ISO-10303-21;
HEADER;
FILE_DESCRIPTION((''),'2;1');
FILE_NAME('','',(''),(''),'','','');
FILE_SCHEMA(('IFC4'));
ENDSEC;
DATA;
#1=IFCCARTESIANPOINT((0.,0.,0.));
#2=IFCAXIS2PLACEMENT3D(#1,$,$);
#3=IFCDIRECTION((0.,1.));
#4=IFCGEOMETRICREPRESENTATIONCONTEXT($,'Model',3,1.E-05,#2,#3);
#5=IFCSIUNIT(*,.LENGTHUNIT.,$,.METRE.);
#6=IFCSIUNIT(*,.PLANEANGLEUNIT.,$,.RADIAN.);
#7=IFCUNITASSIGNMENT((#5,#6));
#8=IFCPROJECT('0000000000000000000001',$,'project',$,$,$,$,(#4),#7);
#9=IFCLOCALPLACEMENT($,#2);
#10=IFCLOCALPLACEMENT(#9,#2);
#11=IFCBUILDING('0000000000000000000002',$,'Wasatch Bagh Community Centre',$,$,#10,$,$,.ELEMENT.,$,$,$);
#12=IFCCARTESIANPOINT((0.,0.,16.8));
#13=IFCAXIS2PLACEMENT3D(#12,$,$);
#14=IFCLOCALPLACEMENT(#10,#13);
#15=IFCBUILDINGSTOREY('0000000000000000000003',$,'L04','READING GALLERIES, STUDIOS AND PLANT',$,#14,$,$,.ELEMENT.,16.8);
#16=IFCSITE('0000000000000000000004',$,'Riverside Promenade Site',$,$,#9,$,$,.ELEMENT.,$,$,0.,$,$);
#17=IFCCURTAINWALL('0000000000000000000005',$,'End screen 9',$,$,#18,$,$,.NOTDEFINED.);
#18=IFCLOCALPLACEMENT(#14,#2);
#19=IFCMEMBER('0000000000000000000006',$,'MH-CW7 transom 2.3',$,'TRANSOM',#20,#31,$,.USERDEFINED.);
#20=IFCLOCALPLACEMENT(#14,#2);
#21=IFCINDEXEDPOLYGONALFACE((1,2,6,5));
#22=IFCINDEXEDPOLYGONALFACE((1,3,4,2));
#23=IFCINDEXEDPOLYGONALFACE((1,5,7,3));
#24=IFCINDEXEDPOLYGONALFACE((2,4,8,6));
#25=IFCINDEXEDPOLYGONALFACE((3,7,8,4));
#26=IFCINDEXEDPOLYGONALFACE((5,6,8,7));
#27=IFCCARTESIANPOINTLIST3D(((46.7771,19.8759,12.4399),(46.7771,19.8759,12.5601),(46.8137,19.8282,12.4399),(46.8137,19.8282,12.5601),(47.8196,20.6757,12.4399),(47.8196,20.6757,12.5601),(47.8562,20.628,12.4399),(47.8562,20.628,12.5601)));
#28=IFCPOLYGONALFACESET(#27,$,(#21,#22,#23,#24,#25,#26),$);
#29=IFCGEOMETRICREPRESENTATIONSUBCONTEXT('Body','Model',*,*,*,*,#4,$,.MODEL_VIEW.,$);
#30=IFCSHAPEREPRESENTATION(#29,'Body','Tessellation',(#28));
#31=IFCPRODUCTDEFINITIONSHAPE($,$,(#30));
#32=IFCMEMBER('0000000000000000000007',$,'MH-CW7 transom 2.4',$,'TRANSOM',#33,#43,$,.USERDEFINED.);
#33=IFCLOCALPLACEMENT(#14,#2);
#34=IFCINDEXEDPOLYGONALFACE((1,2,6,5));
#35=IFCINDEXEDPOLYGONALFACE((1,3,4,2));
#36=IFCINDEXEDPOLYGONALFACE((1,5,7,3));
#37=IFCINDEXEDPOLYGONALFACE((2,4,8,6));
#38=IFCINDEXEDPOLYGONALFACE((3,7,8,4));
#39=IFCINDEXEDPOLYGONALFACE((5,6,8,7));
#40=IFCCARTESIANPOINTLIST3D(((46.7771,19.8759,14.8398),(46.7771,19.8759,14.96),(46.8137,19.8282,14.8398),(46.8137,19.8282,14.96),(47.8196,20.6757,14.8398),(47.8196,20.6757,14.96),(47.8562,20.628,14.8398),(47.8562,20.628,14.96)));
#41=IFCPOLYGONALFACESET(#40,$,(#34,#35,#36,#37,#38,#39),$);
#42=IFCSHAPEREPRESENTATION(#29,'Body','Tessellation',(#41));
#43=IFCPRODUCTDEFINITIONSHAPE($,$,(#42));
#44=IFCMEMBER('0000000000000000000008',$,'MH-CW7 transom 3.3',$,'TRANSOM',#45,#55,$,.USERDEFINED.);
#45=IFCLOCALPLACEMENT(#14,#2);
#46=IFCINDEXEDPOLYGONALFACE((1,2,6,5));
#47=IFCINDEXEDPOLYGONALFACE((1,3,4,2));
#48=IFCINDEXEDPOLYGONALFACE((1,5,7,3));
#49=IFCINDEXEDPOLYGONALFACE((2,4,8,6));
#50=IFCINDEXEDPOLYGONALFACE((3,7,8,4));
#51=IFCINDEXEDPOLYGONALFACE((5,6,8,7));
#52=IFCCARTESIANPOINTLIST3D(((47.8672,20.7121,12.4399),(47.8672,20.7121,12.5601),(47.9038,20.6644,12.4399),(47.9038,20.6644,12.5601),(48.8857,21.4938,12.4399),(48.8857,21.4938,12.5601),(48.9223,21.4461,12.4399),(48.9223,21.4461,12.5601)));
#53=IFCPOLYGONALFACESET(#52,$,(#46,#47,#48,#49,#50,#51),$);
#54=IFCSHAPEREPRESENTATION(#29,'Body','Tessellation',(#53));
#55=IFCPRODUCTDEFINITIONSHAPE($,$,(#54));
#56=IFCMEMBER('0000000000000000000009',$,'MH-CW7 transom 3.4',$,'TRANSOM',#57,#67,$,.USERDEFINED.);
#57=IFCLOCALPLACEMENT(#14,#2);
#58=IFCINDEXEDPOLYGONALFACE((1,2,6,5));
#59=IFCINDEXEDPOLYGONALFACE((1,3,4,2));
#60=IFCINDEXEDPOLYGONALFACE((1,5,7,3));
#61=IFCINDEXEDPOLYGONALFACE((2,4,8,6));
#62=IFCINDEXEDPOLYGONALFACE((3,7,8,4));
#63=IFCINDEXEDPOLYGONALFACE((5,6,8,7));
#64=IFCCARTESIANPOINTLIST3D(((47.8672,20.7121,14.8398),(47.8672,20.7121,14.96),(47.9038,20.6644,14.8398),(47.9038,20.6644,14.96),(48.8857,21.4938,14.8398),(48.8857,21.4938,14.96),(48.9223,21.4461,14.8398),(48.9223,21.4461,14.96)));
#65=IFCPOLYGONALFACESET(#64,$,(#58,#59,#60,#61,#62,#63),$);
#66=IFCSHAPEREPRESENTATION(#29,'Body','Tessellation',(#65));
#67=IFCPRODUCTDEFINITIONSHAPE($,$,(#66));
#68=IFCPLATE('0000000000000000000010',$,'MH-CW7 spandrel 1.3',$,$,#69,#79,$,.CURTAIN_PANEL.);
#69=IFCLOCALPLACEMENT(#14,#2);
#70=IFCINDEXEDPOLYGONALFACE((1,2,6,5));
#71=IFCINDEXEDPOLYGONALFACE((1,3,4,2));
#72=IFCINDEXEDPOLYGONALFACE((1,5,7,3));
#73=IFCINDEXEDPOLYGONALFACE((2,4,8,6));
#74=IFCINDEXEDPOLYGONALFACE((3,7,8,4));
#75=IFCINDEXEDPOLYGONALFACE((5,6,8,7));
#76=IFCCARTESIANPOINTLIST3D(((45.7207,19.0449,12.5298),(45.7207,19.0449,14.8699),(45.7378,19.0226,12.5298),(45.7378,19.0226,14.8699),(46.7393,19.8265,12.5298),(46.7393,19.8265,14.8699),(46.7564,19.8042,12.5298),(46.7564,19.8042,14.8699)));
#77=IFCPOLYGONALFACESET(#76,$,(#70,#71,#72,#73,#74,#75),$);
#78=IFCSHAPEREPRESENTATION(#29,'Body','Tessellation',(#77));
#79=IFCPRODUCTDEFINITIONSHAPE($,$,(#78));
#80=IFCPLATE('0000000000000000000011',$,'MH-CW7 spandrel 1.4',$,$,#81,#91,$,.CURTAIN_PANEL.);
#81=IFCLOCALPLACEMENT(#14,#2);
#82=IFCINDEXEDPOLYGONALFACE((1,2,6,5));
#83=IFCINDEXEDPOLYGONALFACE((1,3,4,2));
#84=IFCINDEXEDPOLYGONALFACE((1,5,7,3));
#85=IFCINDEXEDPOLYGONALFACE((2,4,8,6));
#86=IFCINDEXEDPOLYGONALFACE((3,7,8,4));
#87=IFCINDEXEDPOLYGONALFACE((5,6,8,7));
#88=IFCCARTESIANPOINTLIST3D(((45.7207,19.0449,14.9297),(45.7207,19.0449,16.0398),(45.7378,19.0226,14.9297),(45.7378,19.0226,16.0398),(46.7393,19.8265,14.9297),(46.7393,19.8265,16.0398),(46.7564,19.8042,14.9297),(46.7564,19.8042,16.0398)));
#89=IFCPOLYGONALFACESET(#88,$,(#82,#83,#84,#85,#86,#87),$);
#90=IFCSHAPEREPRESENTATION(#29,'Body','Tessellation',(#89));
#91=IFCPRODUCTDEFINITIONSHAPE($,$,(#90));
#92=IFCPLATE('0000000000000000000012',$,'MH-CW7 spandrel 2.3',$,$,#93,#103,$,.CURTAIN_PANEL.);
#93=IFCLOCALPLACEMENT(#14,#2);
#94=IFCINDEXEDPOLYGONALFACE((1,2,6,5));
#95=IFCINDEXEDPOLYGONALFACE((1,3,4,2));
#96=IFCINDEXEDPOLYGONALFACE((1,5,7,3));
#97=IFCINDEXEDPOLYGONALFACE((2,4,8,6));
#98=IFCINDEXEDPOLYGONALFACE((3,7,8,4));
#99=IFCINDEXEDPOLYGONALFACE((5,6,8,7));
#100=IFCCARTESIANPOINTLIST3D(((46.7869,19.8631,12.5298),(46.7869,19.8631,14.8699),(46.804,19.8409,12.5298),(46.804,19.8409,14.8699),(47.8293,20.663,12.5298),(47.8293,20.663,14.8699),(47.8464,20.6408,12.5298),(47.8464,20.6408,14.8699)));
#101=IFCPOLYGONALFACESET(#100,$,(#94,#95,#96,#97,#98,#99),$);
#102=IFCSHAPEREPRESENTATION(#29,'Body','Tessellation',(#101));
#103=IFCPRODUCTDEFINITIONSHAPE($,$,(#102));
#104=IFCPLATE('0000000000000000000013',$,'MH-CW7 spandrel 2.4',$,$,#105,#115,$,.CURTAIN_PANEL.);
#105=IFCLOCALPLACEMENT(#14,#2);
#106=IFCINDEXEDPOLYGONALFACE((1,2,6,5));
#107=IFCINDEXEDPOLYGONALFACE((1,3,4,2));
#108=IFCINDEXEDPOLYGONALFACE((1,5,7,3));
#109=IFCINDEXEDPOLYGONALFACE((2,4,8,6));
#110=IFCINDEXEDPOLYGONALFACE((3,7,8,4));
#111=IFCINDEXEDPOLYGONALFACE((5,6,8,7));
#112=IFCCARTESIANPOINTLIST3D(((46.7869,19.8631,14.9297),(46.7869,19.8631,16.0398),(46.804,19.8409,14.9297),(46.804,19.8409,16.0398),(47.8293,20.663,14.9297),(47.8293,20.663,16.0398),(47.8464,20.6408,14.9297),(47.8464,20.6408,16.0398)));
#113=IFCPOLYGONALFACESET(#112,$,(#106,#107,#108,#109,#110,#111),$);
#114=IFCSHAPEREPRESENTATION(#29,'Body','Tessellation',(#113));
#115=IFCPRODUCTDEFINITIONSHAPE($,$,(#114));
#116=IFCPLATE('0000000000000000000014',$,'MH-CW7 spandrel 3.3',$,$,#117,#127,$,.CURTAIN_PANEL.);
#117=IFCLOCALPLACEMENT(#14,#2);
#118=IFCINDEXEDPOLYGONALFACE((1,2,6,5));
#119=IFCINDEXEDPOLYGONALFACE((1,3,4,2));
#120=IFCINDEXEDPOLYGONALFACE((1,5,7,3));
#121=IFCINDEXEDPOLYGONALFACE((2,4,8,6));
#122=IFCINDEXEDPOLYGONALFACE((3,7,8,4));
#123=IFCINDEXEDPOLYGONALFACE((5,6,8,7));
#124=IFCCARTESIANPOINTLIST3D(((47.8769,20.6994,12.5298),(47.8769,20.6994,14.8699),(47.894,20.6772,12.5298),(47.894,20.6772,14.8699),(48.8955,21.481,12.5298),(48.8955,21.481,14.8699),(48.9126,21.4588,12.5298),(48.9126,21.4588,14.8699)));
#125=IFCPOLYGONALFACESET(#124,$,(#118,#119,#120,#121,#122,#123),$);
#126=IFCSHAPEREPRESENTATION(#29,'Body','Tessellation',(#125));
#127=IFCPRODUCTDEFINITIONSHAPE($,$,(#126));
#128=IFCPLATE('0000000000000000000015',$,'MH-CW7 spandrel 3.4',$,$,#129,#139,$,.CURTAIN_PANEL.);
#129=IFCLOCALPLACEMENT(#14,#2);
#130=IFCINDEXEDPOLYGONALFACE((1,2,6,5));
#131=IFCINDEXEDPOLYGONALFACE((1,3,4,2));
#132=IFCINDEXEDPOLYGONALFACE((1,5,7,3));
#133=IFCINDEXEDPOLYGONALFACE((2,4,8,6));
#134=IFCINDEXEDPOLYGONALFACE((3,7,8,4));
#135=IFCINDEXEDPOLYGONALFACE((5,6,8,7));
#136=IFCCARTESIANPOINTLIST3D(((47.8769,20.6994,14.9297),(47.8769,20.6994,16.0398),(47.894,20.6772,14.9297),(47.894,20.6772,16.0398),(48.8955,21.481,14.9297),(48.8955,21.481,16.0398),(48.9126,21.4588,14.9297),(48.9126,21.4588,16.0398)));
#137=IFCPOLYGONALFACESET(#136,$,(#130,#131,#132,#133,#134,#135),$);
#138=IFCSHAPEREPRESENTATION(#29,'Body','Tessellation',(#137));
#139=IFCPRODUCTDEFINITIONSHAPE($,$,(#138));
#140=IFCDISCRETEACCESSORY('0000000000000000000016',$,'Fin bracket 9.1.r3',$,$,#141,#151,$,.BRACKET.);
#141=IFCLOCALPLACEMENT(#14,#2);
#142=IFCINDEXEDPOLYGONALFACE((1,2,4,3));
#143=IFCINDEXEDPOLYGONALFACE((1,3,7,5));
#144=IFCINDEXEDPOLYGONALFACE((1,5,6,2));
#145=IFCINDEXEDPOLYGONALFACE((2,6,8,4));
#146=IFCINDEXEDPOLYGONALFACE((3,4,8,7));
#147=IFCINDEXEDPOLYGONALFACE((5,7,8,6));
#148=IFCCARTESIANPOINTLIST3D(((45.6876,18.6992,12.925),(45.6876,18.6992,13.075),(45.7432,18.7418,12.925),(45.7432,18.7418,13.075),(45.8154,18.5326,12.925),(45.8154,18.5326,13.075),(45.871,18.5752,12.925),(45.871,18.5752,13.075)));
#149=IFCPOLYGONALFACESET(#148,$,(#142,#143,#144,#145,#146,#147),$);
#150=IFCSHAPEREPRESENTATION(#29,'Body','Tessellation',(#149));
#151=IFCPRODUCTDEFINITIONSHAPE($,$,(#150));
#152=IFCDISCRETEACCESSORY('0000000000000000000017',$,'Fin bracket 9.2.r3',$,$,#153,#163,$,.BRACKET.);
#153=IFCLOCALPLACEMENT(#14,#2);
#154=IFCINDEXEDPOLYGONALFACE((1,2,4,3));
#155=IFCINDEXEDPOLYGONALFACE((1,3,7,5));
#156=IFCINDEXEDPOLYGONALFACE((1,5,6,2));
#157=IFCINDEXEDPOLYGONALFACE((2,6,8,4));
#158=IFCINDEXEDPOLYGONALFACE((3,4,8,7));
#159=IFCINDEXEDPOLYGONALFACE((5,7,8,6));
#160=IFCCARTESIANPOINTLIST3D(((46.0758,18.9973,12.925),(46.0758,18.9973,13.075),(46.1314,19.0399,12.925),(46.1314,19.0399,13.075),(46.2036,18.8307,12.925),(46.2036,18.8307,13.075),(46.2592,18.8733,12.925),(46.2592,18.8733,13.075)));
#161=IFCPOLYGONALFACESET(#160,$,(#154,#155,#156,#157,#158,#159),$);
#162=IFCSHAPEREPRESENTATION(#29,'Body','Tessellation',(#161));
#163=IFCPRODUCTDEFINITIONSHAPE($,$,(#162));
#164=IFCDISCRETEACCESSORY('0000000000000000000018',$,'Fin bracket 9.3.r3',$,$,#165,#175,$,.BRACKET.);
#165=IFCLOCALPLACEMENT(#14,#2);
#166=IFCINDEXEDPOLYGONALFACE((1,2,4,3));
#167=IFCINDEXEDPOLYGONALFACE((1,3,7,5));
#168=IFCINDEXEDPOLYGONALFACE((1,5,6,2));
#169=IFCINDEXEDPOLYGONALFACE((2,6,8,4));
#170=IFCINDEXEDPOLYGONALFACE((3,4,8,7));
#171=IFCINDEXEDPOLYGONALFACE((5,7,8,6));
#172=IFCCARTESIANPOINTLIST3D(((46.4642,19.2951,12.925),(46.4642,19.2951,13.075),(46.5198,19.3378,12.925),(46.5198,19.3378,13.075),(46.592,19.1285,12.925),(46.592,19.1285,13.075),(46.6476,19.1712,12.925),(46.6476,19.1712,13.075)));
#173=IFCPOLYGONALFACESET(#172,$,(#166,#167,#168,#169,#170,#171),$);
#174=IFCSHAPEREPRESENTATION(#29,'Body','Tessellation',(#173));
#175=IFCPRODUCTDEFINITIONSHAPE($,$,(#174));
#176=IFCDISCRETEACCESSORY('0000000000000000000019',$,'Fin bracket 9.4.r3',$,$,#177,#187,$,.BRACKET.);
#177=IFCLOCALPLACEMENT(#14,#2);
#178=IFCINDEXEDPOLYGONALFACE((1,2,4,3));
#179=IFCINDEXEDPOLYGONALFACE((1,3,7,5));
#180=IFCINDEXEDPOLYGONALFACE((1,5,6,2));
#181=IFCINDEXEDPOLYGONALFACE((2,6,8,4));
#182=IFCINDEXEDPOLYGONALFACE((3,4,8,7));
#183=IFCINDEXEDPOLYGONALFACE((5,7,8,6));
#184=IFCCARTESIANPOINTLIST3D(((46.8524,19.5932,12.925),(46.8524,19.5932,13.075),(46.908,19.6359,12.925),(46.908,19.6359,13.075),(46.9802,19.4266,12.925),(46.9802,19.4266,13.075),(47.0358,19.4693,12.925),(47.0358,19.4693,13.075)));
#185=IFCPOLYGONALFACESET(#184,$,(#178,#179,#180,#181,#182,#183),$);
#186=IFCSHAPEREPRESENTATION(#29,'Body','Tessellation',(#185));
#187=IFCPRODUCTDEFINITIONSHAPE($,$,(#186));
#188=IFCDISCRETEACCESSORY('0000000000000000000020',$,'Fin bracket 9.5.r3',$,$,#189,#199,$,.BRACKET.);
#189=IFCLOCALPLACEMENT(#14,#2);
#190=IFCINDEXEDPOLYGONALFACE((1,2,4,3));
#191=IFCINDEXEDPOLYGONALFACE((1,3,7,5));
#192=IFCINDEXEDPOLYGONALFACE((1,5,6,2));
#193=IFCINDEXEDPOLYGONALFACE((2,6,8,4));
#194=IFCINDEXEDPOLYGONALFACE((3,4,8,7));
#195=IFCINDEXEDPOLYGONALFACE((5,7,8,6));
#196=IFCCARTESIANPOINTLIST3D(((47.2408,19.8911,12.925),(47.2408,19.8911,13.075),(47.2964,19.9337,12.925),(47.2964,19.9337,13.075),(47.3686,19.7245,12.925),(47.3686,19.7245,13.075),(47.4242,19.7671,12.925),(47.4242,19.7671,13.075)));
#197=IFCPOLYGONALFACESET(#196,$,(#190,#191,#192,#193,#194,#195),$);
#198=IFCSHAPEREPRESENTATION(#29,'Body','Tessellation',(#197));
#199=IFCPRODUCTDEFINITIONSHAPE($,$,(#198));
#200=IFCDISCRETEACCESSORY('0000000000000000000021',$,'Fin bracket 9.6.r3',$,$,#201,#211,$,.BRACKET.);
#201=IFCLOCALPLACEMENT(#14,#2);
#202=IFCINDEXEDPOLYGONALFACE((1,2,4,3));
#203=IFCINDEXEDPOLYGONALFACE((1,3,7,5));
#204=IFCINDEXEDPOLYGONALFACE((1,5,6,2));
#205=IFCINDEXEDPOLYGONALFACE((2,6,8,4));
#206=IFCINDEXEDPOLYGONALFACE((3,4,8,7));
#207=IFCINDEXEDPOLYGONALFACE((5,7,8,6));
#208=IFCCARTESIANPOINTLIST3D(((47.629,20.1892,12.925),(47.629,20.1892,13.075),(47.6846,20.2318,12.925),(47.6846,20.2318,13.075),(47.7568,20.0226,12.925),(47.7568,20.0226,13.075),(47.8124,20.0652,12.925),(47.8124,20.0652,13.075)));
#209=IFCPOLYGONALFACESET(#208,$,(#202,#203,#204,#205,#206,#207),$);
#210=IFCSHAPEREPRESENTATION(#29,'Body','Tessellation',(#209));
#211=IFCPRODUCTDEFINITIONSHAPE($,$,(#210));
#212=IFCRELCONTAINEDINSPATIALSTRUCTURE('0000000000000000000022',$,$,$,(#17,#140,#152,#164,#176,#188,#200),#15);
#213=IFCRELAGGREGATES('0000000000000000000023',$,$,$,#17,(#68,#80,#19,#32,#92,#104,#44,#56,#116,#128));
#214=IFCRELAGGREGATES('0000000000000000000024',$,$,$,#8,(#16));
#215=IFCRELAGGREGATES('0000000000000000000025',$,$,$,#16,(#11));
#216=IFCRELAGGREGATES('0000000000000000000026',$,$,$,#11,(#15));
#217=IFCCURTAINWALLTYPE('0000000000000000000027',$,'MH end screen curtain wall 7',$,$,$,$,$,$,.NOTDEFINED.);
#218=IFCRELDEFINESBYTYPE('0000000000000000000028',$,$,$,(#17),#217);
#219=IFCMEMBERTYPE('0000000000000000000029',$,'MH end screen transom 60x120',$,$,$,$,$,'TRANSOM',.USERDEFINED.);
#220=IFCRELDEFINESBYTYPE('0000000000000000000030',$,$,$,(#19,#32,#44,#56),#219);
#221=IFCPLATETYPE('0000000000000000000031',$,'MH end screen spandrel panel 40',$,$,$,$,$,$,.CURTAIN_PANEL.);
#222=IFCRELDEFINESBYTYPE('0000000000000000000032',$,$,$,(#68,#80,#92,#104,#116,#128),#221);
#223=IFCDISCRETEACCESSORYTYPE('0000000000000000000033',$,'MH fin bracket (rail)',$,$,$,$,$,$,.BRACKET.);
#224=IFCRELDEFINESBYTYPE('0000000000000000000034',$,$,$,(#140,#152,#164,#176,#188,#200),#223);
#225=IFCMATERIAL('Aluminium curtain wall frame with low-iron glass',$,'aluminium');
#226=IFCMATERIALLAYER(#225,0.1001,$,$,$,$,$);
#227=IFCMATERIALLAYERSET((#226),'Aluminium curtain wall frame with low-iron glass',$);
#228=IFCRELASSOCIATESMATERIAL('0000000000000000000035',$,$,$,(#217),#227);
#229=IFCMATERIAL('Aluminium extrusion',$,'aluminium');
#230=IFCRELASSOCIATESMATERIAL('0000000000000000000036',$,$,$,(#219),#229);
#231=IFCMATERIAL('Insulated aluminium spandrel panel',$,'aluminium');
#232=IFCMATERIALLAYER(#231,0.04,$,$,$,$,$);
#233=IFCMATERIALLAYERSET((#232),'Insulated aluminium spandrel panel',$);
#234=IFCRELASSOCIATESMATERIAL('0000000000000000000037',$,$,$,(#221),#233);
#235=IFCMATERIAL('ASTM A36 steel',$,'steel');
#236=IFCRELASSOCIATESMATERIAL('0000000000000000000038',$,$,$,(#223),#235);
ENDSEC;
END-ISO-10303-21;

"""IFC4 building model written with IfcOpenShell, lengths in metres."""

from ifc_helpers import new_model, si_unit, direction, frame, origin, origin_2d, place, context, subcontext, project, spatial, rectangle, extrude, material, layer, layer_set, material_profile, profile_set, type_object, element, aggregate, save


model = new_model("IFC4")

# Units and contexts
model_context = context("Model", 3, precision=1e-05, world=origin(), true_north=direction((0.0, 1.0)))
body_context = subcontext(model_context, "Body", "Model", "MODEL_VIEW")
ifc_project = project(units=[si_unit("LENGTHUNIT", "METRE"), si_unit("PLANEANGLEUNIT", "RADIAN")], contexts=[model_context])

# Site, building, storey
site_placement = place(None, origin())
site = spatial("IfcSite", under=ifc_project, at=site_placement, Name="Riverside Promenade Site", CompositionType="ELEMENT", RefElevation=0.0)
building_placement = place(site_placement, origin())
building = spatial("IfcBuilding", under=site, at=building_placement, Name="Wasatch Bagh Community Centre", CompositionType="ELEMENT")
storey_placement = place(building_placement, frame((0.0, 0.0, 16.8)))
storey = spatial("IfcBuildingStorey", under=building, at=storey_placement, Name="L04", Description="READING GALLERIES, STUDIOS AND PLANT", CompositionType="ELEMENT", Elevation=16.8)

# Curtain wall, members, plates
ifc_material_1 = material(Name="Aluminium curtain wall frame with low-iron glass", Category="aluminium")
ifc_layer_1 = layer(ifc_material_1, 0.1001)
ifc_layer_set_1 = layer_set([ifc_layer_1], Name="Aluminium curtain wall frame with low-iron glass")
curtain_wall_type = type_object("IfcCurtainWallType", Name="MH end screen curtain wall 7", PredefinedType="NOTDEFINED", material=ifc_layer_set_1)
curtain_wall_placement = place(storey_placement, origin())
curtain_wall = element("IfcCurtainWall", 1, at=curtain_wall_placement, inside=storey, type_object=curtain_wall_type, Name="End screen 9", PredefinedType="NOTDEFINED")
ifc_material_2 = material(Name="Aluminium extrusion", Category="aluminium")
ifc_material_profile = material_profile(ifc_material_2, rectangle(XDim=0.0601, YDim=0.1201, at=origin_2d()), Name="AL 60x120")
ifc_profile_set = profile_set([ifc_material_profile], Name="Aluminium extrusion")
member_type = type_object("IfcMemberType", Name="MH end screen transom 60x120", ElementType="TRANSOM", PredefinedType="USERDEFINED", material=ifc_profile_set)
member_1_placement = place(storey_placement, frame((46.7954, 19.8521, 12.5), z_axis=(0.793397, 0.608705, 0.0), x_axis=(-0.608705, 0.793397, 0.0)))
member_1 = element("IfcMember", 2, at=member_1_placement, type_object=member_type, Name="MH-CW7 transom 2.3", ObjectType="TRANSOM", PredefinedType="USERDEFINED", context=body_context, shape_type="SweptSolid", body=[
    extrude(rectangle(XDim=0.0601, YDim=0.1201, at=origin_2d()), origin(), (0.0, 0.0, 1.0), 1.314),
])
member_2_placement = place(storey_placement, frame((46.7954, 19.8521, 14.8999), z_axis=(0.793397, 0.608705, 0.0), x_axis=(-0.608705, 0.793397, 0.0)))
member_2 = element("IfcMember", 3, at=member_2_placement, type_object=member_type, Name="MH-CW7 transom 2.4", ObjectType="TRANSOM", PredefinedType="USERDEFINED", context=body_context, shape_type="SweptSolid", body=[
    extrude(rectangle(XDim=0.0601, YDim=0.1201, at=origin_2d()), origin(), (0.0, 0.0, 1.0), 1.314),
])
member_3_placement = place(storey_placement, frame((47.8855, 20.6882, 12.5), z_axis=(0.793288, 0.608847, 0.0), x_axis=(-0.608847, 0.793288, 0.0)))
member_3 = element("IfcMember", 4, at=member_3_placement, type_object=member_type, Name="MH-CW7 transom 3.3", ObjectType="TRANSOM", PredefinedType="USERDEFINED", context=body_context, shape_type="SweptSolid", body=[
    extrude(rectangle(XDim=0.0601, YDim=0.1201, at=origin_2d()), origin(), (0.0, 0.0, 1.0), 1.2839),
])
member_4_placement = place(storey_placement, frame((47.8855, 20.6882, 14.8999), z_axis=(0.793288, 0.608847, 0.0), x_axis=(-0.608847, 0.793288, 0.0)))
member_4 = element("IfcMember", 5, at=member_4_placement, type_object=member_type, Name="MH-CW7 transom 3.4", ObjectType="TRANSOM", PredefinedType="USERDEFINED", context=body_context, shape_type="SweptSolid", body=[
    extrude(rectangle(XDim=0.0601, YDim=0.1201, at=origin_2d()), origin(), (0.0, 0.0, 1.0), 1.2839),
])
ifc_material_3 = material(Name="Insulated aluminium spandrel panel", Category="aluminium")
ifc_layer_2 = layer(ifc_material_3, 0.04)
ifc_layer_set_2 = layer_set([ifc_layer_2], Name="Insulated aluminium spandrel panel")
plate_type = type_object("IfcPlateType", Name="MH end screen spandrel panel 40", PredefinedType="CURTAIN_PANEL", material=ifc_layer_set_2)
plate_1_placement = place(storey_placement, frame((46.2385, 19.4246, 12.5298), z_axis=(0.0, 0.0, 1.0), x_axis=(0.793353, 0.608761, 0.0)))
plate_1 = element("IfcPlate", 6, at=plate_1_placement, type_object=plate_type, Name="MH-CW7 spandrel 1.3", PredefinedType="CURTAIN_PANEL", context=body_context, shape_type="SweptSolid", body=[
    extrude(rectangle(XDim=1.2839, YDim=0.0281, at=origin_2d()), origin(), (0.0, 0.0, 1.0), 2.3401),
])
plate_2_placement = place(storey_placement, frame((46.2385, 19.4246, 14.9297), z_axis=(0.0, 0.0, 1.0), x_axis=(0.793353, 0.608761, 0.0)))
plate_2 = element("IfcPlate", 7, at=plate_2_placement, type_object=plate_type, Name="MH-CW7 spandrel 1.4", PredefinedType="CURTAIN_PANEL", context=body_context, shape_type="SweptSolid", body=[
    extrude(rectangle(XDim=1.2839, YDim=0.0281, at=origin_2d()), origin(), (0.0, 0.0, 1.0), 1.1101),
])
plate_3_placement = place(storey_placement, frame((47.3167, 20.252, 12.5298), z_axis=(0.0, 0.0, 1.0), x_axis=(0.793353, 0.608761, 0.0)))
plate_3 = element("IfcPlate", 8, at=plate_3_placement, type_object=plate_type, Name="MH-CW7 spandrel 2.3", PredefinedType="CURTAIN_PANEL", context=body_context, shape_type="SweptSolid", body=[
    extrude(rectangle(XDim=1.314, YDim=0.0281, at=origin_2d()), origin(), (0.0, 0.0, 1.0), 2.3401),
])
plate_4_placement = place(storey_placement, frame((47.3167, 20.252, 14.9297), z_axis=(0.0, 0.0, 1.0), x_axis=(0.793353, 0.608761, 0.0)))
plate_4 = element("IfcPlate", 9, at=plate_4_placement, type_object=plate_type, Name="MH-CW7 spandrel 2.4", PredefinedType="CURTAIN_PANEL", context=body_context, shape_type="SweptSolid", body=[
    extrude(rectangle(XDim=1.314, YDim=0.0281, at=origin_2d()), origin(), (0.0, 0.0, 1.0), 1.1101),
])
plate_5_placement = place(storey_placement, frame((48.3948, 21.0791, 12.5298), z_axis=(0.0, 0.0, 1.0), x_axis=(0.793353, 0.608761, 0.0)))
plate_5 = element("IfcPlate", 10, at=plate_5_placement, type_object=plate_type, Name="MH-CW7 spandrel 3.3", PredefinedType="CURTAIN_PANEL", context=body_context, shape_type="SweptSolid", body=[
    extrude(rectangle(XDim=1.2839, YDim=0.0281, at=origin_2d()), origin(), (0.0, 0.0, 1.0), 2.3401),
])
plate_6_placement = place(storey_placement, frame((48.3948, 21.0791, 14.9297), z_axis=(0.0, 0.0, 1.0), x_axis=(0.793353, 0.608761, 0.0)))
plate_6 = element("IfcPlate", 11, at=plate_6_placement, type_object=plate_type, Name="MH-CW7 spandrel 3.4", PredefinedType="CURTAIN_PANEL", context=body_context, shape_type="SweptSolid", body=[
    extrude(rectangle(XDim=1.2839, YDim=0.0281, at=origin_2d()), origin(), (0.0, 0.0, 1.0), 1.1101),
])
aggregate(curtain_wall, [plate_1, plate_2, member_1, member_2, plate_3, plate_4, member_3, member_4, plate_5, plate_6])

# Discrete accessories
ifc_material_4 = material(Name="ASTM A36 steel", Category="steel")
discrete_accessory_type_1 = type_object("IfcDiscreteAccessoryType", Name="MH fin bracket (rail)", PredefinedType="BRACKET", material=ifc_material_4)
for number, where, z_axis, x_axis, name in (
    (12, (45.7793, 18.6372, 12.925), (0.0, 0.0, 1.0), (0.793353, 0.608761, 0.0), "Fin bracket 9.1.r3"),
    (13, (46.1675, 18.9353, 12.925), (0.0, 0.0, 1.0), (0.793353, 0.608761, 0.0), "Fin bracket 9.2.r3"),
    (14, (46.5559, 19.2332, 12.925), (0.0, 0.0, 1.0), (0.793353, 0.608761, 0.0), "Fin bracket 9.3.r3"),
    (15, (46.9441, 19.5312, 12.925), (0.0, 0.0, 1.0), (0.793353, 0.608761, 0.0), "Fin bracket 9.4.r3"),
    (16, (47.3325, 19.8291, 12.925), (0.0, 0.0, 1.0), (0.793353, 0.608761, 0.0), "Fin bracket 9.5.r3"),
    (17, (47.7207, 20.1272, 12.925), (0.0, 0.0, 1.0), (0.793353, 0.608761, 0.0), "Fin bracket 9.6.r3"),
):
    element("IfcDiscreteAccessory", number, at=place(storey_placement, frame(where, z_axis=z_axis, x_axis=x_axis)), inside=storey, type_object=discrete_accessory_type_1, Name=name, PredefinedType="BRACKET", context=body_context, shape_type="SweptSolid", body=[
        extrude(rectangle(XDim=0.0701, YDim=0.21, at=origin_2d()), origin(), (0.0, 0.0, 1.0), 0.1499),
    ])

save(model, "model.ifc")
